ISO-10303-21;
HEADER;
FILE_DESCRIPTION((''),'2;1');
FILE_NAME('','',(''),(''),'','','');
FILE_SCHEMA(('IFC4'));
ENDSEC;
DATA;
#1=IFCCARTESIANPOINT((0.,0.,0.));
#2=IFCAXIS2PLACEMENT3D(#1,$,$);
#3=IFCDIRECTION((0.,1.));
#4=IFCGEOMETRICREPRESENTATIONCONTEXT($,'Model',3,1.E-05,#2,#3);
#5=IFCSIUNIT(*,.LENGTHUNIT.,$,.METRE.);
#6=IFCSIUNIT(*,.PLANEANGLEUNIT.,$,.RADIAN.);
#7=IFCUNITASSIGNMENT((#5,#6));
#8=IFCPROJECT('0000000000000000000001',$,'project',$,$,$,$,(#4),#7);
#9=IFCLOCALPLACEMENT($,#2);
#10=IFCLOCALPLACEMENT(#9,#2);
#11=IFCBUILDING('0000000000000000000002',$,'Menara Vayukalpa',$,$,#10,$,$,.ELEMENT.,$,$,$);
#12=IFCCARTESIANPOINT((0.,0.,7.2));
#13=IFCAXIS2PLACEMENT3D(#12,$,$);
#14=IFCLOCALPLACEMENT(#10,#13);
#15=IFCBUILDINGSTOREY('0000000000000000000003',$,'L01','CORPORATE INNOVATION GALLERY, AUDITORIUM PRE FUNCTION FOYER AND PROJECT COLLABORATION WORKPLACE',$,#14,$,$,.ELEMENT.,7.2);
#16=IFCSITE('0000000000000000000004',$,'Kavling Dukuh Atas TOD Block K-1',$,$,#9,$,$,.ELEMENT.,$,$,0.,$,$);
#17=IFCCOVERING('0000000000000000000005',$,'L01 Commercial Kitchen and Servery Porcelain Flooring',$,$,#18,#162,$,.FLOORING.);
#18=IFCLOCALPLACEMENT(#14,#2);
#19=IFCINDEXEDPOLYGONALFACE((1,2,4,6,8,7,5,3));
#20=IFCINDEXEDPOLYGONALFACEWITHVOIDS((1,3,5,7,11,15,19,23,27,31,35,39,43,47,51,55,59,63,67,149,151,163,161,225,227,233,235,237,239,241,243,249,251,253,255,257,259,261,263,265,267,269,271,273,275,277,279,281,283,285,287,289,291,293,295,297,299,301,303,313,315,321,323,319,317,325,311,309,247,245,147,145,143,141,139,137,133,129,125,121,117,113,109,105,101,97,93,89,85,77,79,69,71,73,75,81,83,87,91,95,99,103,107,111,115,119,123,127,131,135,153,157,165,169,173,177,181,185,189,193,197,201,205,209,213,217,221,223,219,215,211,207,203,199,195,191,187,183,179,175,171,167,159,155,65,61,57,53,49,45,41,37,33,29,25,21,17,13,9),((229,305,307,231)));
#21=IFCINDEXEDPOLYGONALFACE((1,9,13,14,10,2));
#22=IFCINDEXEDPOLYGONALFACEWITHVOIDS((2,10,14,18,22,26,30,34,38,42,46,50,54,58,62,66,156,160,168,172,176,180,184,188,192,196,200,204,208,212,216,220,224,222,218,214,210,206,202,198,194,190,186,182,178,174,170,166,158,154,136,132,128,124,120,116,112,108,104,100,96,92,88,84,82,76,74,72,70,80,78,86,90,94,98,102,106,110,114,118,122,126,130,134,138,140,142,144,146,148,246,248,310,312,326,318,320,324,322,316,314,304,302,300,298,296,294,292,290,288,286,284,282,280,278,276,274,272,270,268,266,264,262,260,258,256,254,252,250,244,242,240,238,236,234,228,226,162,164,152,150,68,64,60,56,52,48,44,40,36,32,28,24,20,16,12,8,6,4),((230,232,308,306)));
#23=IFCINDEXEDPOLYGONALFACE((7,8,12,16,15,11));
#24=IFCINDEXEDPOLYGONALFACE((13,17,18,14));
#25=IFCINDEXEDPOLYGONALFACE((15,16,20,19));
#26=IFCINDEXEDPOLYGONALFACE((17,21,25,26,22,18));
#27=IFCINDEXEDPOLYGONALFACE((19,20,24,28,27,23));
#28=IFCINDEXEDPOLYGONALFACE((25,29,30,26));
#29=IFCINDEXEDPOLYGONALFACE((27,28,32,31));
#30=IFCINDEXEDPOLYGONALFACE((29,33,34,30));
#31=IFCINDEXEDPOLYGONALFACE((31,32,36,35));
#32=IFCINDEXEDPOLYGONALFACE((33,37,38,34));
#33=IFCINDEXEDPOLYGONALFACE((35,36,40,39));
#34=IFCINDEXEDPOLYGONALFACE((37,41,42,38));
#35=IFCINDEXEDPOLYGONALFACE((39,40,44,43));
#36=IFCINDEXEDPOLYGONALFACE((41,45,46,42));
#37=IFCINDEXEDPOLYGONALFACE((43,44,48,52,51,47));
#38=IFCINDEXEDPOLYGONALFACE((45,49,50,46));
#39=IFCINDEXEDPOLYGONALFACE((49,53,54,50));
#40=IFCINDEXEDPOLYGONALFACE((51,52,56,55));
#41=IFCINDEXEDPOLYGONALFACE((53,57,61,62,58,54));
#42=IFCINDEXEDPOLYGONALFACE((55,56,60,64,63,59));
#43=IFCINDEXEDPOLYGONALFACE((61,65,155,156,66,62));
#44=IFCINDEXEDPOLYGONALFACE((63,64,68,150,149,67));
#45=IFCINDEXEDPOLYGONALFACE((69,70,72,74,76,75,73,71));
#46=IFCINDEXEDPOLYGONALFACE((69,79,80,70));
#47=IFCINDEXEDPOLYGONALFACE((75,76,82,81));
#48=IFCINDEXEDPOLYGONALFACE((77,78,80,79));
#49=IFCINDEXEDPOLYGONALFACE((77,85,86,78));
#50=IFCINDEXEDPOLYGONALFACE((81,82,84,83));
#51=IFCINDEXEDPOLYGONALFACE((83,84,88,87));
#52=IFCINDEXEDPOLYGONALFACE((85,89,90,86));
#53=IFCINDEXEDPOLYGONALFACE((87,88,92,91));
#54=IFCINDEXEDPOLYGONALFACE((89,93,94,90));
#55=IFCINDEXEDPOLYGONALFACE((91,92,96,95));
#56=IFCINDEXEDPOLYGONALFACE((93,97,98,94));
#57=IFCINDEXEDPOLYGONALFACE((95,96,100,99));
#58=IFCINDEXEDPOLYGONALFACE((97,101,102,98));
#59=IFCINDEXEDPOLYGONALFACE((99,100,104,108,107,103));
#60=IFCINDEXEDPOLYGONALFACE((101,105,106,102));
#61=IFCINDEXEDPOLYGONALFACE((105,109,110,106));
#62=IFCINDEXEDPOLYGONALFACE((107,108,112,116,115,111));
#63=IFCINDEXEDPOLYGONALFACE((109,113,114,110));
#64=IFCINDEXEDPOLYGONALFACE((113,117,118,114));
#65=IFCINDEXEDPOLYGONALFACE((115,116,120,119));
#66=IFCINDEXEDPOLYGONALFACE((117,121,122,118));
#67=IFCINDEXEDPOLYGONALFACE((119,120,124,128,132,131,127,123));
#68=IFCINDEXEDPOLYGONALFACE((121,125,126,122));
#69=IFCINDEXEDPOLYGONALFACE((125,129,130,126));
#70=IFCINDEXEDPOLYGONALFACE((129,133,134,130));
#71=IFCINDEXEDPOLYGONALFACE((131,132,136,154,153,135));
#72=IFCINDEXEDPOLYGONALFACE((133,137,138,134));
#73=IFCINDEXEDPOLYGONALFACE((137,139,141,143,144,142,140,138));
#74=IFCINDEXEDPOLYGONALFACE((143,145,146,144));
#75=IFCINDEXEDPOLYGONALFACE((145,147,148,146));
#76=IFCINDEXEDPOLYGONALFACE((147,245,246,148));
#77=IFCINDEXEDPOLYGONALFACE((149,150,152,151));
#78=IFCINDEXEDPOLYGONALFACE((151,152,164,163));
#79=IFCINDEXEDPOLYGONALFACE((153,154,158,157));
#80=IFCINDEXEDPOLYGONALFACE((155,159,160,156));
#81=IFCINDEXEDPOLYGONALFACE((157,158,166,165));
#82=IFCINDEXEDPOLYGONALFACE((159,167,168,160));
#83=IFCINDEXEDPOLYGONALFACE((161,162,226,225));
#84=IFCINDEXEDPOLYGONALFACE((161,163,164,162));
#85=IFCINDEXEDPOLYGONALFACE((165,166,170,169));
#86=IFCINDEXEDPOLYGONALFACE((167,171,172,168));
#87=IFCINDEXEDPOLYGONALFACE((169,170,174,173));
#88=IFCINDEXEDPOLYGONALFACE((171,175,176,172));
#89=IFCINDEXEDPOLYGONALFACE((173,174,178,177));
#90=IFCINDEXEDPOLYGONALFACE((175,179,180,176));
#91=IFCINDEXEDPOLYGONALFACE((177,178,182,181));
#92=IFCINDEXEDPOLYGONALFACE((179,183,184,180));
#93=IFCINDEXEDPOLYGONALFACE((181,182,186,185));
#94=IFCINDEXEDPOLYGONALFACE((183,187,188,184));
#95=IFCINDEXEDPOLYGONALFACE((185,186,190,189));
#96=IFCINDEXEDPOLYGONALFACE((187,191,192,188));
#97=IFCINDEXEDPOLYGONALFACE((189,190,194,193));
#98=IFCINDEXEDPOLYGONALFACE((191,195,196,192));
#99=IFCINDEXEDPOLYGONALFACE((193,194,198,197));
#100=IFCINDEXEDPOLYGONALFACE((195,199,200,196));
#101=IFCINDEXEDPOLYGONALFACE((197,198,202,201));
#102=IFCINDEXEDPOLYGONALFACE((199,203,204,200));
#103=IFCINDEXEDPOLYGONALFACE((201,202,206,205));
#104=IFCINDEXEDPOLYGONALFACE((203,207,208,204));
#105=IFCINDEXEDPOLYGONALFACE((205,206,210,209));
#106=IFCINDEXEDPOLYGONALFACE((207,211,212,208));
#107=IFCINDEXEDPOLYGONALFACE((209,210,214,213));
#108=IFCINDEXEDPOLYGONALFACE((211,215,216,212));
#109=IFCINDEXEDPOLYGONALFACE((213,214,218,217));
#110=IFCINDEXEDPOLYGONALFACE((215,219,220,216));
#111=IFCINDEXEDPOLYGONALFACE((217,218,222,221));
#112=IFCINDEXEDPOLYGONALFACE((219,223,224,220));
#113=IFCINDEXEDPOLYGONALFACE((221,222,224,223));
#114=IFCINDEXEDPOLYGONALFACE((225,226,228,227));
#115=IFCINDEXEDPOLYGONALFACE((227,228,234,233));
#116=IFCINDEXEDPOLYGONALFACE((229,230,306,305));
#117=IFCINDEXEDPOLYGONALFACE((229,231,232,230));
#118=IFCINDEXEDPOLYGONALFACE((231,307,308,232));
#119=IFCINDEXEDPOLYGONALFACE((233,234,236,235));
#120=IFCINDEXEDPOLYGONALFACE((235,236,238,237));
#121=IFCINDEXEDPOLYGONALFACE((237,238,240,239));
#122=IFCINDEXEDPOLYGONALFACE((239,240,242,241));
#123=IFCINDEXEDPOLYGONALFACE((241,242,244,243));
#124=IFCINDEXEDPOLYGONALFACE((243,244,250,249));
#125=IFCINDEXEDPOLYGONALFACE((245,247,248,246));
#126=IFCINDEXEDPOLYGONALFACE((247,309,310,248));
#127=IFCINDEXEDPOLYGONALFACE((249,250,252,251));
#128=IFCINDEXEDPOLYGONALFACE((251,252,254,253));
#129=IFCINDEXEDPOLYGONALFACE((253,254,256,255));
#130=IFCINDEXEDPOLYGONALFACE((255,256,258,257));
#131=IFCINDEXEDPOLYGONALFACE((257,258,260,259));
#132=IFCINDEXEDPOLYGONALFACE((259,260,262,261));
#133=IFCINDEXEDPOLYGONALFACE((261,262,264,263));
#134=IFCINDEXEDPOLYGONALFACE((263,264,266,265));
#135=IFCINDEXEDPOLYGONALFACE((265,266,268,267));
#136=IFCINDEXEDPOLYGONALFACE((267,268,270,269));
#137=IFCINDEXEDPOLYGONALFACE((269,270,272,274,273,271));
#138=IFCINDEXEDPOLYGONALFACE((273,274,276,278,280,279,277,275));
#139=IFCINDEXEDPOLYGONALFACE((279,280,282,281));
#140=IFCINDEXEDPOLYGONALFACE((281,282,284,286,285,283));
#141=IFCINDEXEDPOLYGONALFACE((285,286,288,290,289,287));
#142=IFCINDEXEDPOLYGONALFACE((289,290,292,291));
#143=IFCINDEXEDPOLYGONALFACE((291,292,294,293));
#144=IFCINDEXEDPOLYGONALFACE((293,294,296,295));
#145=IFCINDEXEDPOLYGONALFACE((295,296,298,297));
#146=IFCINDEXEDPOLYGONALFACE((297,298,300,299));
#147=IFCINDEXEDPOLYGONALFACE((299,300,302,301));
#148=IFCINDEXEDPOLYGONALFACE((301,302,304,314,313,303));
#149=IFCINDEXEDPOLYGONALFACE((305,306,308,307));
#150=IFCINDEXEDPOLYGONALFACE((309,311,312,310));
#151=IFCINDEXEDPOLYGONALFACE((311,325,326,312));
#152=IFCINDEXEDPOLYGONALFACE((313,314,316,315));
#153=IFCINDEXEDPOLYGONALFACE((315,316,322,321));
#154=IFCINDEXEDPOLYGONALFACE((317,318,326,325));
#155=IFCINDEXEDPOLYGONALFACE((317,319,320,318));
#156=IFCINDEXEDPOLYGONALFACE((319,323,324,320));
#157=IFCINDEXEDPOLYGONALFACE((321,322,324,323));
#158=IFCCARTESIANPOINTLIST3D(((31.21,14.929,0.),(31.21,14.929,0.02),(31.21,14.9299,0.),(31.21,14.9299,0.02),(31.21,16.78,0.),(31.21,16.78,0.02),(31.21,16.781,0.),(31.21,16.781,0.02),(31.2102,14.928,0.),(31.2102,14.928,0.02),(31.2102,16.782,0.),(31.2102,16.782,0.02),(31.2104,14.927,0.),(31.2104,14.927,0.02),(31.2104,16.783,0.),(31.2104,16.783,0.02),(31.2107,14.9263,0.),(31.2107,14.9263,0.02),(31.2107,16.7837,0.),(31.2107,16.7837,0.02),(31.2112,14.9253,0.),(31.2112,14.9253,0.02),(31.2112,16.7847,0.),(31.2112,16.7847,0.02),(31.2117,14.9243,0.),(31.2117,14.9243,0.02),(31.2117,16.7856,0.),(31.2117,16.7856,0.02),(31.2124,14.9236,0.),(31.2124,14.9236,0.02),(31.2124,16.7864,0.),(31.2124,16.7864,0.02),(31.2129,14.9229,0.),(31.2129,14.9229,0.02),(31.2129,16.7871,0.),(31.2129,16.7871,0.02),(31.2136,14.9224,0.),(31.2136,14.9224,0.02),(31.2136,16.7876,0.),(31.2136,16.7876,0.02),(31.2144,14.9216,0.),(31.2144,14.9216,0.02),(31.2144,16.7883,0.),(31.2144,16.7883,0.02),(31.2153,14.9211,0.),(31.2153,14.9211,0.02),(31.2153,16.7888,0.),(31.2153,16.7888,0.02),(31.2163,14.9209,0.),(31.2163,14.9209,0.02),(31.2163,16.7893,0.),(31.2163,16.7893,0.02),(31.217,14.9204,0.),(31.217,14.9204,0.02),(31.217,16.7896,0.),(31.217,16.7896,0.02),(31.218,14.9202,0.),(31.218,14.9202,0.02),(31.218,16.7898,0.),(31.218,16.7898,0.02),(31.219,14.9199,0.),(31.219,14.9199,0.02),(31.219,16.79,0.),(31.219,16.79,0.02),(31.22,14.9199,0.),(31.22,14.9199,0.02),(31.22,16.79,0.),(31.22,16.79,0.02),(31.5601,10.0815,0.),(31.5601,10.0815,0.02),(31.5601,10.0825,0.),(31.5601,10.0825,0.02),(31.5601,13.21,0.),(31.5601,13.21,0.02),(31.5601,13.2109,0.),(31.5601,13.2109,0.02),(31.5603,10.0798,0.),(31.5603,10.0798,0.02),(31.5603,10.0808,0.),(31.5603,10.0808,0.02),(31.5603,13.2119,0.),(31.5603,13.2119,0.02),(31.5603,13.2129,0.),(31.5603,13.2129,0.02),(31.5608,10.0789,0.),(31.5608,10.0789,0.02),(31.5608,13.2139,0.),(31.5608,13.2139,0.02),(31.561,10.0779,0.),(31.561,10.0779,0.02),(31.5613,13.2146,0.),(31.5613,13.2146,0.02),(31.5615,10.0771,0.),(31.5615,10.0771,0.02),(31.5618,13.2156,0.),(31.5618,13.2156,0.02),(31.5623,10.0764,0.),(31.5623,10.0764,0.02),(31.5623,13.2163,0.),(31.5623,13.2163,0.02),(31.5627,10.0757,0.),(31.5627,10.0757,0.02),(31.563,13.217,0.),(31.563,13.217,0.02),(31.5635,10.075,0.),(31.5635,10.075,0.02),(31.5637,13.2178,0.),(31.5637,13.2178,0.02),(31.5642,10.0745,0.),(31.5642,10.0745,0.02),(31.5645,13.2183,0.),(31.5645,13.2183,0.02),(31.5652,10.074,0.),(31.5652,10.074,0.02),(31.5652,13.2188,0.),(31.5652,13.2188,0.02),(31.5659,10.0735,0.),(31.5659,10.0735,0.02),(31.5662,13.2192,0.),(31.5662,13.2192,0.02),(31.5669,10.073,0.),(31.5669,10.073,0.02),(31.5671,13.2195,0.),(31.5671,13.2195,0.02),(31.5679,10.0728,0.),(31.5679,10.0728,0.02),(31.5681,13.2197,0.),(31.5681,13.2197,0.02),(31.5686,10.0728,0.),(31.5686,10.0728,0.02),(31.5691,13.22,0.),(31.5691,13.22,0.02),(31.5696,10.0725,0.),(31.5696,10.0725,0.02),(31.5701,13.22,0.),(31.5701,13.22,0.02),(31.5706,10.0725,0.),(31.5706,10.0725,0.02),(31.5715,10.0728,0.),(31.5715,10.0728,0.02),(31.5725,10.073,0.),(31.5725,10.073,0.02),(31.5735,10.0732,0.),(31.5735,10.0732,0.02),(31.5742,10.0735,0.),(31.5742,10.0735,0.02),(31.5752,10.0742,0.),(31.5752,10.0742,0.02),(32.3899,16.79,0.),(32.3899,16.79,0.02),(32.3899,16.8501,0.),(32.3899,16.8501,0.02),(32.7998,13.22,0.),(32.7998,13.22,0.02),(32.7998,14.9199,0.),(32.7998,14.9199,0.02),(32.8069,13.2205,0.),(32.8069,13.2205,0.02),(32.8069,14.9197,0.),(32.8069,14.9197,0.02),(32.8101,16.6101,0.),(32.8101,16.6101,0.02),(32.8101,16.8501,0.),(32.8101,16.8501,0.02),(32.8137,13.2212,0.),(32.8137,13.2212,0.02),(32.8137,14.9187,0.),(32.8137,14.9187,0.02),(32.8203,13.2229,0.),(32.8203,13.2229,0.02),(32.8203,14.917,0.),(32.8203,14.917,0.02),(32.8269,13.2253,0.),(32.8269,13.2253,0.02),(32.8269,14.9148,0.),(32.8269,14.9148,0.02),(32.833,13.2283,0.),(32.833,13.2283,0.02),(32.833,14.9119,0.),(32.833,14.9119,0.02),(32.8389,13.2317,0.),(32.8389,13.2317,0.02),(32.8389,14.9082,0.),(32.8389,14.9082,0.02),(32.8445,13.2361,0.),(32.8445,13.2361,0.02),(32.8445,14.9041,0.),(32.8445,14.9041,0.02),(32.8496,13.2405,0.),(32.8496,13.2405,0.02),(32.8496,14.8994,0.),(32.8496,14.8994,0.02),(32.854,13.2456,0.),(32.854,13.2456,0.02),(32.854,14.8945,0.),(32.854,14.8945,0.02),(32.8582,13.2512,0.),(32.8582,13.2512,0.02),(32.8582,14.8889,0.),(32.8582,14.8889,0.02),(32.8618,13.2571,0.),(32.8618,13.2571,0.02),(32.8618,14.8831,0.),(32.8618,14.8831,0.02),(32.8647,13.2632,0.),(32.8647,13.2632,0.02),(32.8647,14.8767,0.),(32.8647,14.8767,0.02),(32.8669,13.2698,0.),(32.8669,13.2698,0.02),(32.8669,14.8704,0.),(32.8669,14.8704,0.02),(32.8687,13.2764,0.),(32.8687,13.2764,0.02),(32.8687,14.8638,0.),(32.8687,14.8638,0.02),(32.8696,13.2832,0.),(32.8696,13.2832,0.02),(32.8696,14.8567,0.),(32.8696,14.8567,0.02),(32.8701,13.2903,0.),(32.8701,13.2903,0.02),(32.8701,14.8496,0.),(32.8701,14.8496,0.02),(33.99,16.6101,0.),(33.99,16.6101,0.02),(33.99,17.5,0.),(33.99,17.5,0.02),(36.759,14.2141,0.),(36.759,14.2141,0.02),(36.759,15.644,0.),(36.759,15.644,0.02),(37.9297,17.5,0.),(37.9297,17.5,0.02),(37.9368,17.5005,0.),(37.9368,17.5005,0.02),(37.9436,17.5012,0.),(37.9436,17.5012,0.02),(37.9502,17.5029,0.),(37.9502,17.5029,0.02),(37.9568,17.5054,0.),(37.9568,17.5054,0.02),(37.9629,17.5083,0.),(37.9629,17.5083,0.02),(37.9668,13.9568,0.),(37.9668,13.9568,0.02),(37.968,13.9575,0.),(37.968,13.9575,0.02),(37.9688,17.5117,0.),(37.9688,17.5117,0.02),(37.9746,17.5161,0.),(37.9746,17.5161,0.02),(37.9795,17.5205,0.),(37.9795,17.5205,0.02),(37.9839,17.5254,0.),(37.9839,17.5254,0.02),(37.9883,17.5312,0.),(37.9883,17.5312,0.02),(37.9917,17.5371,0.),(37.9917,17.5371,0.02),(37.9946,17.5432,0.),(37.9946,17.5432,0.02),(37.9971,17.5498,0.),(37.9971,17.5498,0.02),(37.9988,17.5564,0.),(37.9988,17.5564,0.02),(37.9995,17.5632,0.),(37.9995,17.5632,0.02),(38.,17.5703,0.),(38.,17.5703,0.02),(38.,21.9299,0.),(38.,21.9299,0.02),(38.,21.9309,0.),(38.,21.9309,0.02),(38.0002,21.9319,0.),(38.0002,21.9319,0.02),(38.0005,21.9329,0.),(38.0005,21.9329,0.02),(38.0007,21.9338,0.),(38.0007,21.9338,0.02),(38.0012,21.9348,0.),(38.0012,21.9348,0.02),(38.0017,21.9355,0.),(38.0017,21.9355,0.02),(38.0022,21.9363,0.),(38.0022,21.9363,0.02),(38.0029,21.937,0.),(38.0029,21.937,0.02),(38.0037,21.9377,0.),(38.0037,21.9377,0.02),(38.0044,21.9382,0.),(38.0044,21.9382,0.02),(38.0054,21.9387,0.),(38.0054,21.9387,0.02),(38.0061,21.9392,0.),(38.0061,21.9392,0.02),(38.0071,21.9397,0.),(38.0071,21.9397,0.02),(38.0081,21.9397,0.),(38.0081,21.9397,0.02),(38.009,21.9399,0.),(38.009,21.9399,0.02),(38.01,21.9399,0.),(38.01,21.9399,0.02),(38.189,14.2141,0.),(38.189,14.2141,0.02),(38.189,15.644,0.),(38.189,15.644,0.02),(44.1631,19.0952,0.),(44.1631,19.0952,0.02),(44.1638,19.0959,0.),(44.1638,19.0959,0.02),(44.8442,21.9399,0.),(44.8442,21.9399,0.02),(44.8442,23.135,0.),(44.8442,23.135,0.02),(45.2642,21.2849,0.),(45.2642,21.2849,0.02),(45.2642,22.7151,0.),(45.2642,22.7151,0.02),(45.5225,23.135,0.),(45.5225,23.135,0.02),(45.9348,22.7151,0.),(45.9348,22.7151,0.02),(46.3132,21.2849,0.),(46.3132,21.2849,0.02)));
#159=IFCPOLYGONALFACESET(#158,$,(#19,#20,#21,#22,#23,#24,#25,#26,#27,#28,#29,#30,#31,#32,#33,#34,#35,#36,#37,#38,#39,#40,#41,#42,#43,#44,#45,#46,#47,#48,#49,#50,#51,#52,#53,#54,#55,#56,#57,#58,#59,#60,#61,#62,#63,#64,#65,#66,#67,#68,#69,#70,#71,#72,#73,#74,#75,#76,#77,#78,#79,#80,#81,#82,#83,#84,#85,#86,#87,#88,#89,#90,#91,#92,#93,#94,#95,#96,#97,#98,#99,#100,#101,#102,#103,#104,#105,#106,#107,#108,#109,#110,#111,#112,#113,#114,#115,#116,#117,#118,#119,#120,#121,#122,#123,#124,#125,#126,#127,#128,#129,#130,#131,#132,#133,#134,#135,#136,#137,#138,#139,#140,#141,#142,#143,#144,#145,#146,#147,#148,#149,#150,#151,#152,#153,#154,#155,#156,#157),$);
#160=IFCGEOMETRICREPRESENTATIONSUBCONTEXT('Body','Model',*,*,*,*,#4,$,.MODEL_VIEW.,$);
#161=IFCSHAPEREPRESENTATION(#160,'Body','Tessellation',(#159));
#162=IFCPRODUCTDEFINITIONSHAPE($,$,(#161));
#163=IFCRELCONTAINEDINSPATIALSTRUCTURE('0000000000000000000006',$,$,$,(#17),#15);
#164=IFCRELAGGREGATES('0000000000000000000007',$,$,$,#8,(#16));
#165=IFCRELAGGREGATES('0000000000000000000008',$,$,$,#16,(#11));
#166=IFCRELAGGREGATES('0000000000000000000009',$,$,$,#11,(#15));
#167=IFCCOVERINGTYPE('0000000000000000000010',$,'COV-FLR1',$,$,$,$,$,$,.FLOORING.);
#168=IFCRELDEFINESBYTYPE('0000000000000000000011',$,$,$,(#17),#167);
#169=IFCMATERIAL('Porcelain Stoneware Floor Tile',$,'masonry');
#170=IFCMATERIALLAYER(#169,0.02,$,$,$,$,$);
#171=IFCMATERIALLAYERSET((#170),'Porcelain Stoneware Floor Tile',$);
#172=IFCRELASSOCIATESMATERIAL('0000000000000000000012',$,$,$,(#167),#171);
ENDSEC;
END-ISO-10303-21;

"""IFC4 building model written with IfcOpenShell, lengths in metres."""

from ifc_helpers import new_model, si_unit, direction, frame, origin, place, context, subcontext, project, spatial, polyline, outline, extrude, material, layer, layer_set, type_object, element, save


model = new_model("IFC4")

# Units and contexts
model_context = context("Model", 3, precision=1e-05, world=origin(), true_north=direction((0.0, 1.0)))
body_context = subcontext(model_context, "Body", "Model", "MODEL_VIEW")
ifc_project = project(units=[si_unit("LENGTHUNIT", "METRE"), si_unit("PLANEANGLEUNIT", "RADIAN")], contexts=[model_context])

# Site, building, storey
site_placement = place(None, origin())
site = spatial("IfcSite", under=ifc_project, at=site_placement, Name="Kavling Dukuh Atas TOD Block K-1", CompositionType="ELEMENT", RefElevation=0.0)
building_placement = place(site_placement, origin())
building = spatial("IfcBuilding", under=site, at=building_placement, Name="Menara Vayukalpa", CompositionType="ELEMENT")
storey_placement = place(building_placement, frame((0.0, 0.0, 7.2)))
storey = spatial("IfcBuildingStorey", under=building, at=storey_placement, Name="L01", Description="CORPORATE INNOVATION GALLERY, AUDITORIUM PRE FUNCTION FOYER AND PROJECT COLLABORATION WORKPLACE", CompositionType="ELEMENT", Elevation=7.2)

# Covering
ifc_material_1 = material(Name="Porcelain Stoneware Floor Tile", Category="masonry")
ifc_layer_1 = layer(ifc_material_1, 0.02)
ifc_layer_set_1 = layer_set([ifc_layer_1], Name="Porcelain Stoneware Floor Tile")
covering_type_1 = type_object("IfcCoveringType", Name="COV-FLR1", PredefinedType="FLOORING", material=ifc_layer_set_1)
covering_1_placement = place(storey_placement, origin())
element("IfcCovering", 1, at=covering_1_placement, inside=storey, type_object=covering_type_1, Name="L01 Commercial Kitchen and Servery Porcelain Flooring", PredefinedType="FLOORING", context=body_context, shape_type="SweptSolid", body=[
    extrude(outline(polyline([(31.5725, 10.073), (31.5715, 10.0728), (31.5706, 10.0725), (31.5696, 10.0725), (31.5686, 10.0728), (31.5679, 10.0728), (31.5669, 10.073), (31.5659, 10.0735), (31.5652, 10.074), (31.5642, 10.0745), (31.5635, 10.075), (31.5627, 10.0757), (31.5623, 10.0764), (31.5615, 10.0771), (31.561, 10.0779), (31.5608, 10.0789), (31.5603, 10.0798), (31.5603, 10.0808), (31.5601, 10.0815), (31.5601, 10.0825), (31.5601, 13.21), (31.5601, 13.2109), (31.5603, 13.2119), (31.5603, 13.2129), (31.5608, 13.2139), (31.5613, 13.2146), (31.5618, 13.2156), (31.5623, 13.2163), (31.563, 13.217), (31.5637, 13.2178), (31.5645, 13.2183), (31.5652, 13.2188), (31.5662, 13.2192), (31.5671, 13.2195), (31.5681, 13.2197), (31.5691, 13.22), (31.5701, 13.22), (32.7998, 13.22), (32.8069, 13.2205), (32.8137, 13.2212), (32.8203, 13.2229), (32.8269, 13.2253), (32.833, 13.2283), (32.8389, 13.2317), (32.8445, 13.2361), (32.8496, 13.2405), (32.854, 13.2456), (32.8582, 13.2512), (32.8618, 13.2571), (32.8647, 13.2632), (32.8669, 13.2698), (32.8687, 13.2764), (32.8696, 13.2832), (32.8701, 13.2903), (32.8701, 14.8496), (32.8696, 14.8567), (32.8687, 14.8638), (32.8669, 14.8704), (32.8647, 14.8767), (32.8618, 14.8831), (32.8582, 14.8889), (32.854, 14.8945), (32.8496, 14.8994), (32.8445, 14.9041), (32.8389, 14.9082), (32.833, 14.9119), (32.8269, 14.9148), (32.8203, 14.917), (32.8137, 14.9187), (32.8069, 14.9197), (32.7998, 14.9199), (31.22, 14.9199), (31.219, 14.9199), (31.218, 14.9202), (31.217, 14.9204), (31.2163, 14.9209), (31.2153, 14.9211), (31.2144, 14.9216), (31.2136, 14.9224), (31.2129, 14.9229), (31.2124, 14.9236), (31.2117, 14.9243), (31.2112, 14.9253), (31.2107, 14.9263), (31.2104, 14.927), (31.2102, 14.928), (31.21, 14.929), (31.21, 14.9299), (31.21, 16.78), (31.21, 16.781), (31.2102, 16.782), (31.2104, 16.783), (31.2107, 16.7837), (31.2112, 16.7847), (31.2117, 16.7856), (31.2124, 16.7864), (31.2129, 16.7871), (31.2136, 16.7876), (31.2144, 16.7883), (31.2153, 16.7888), (31.2163, 16.7893), (31.217, 16.7896), (31.218, 16.7898), (31.219, 16.79), (31.22, 16.79), (32.3899, 16.79), (32.3899, 16.8501), (32.8101, 16.8501), (32.8101, 16.6101), (33.99, 16.6101), (33.99, 17.5), (37.9297, 17.5), (37.9368, 17.5005), (37.9436, 17.5012), (37.9502, 17.5029), (37.9568, 17.5054), (37.9629, 17.5083), (37.9688, 17.5117), (37.9746, 17.5161), (37.9795, 17.5205), (37.9839, 17.5254), (37.9883, 17.5312), (37.9917, 17.5371), (37.9946, 17.5432), (37.9971, 17.5498), (37.9988, 17.5564), (37.9995, 17.5632), (38.0, 17.5703), (38.0, 21.9299), (38.0, 21.9309), (38.0002, 21.9319), (38.0005, 21.9329), (38.0007, 21.9338), (38.0012, 21.9348), (38.0017, 21.9355), (38.0022, 21.9363), (38.0029, 21.937), (38.0037, 21.9377), (38.0044, 21.9382), (38.0054, 21.9387), (38.0061, 21.9392), (38.0071, 21.9397), (38.0081, 21.9397), (38.009, 21.9399), (38.01, 21.9399), (44.8442, 21.9399), (44.8442, 23.135), (45.5225, 23.135), (45.9348, 22.7151), (45.2642, 22.7151), (45.2642, 21.2849), (46.3132, 21.2849), (44.1638, 19.0959), (44.1631, 19.0952), (37.968, 13.9575), (37.9668, 13.9568), (31.5752, 10.0742), (31.5742, 10.0735), (31.5735, 10.0732), (31.5725, 10.073)]), holes=[polyline([(38.189, 15.644), (36.759, 15.644), (36.759, 14.2141), (38.189, 14.2141), (38.189, 15.644)])]), origin(), (0.0, 0.0, 1.0), 0.02),
])

save(model, "model.ifc")
